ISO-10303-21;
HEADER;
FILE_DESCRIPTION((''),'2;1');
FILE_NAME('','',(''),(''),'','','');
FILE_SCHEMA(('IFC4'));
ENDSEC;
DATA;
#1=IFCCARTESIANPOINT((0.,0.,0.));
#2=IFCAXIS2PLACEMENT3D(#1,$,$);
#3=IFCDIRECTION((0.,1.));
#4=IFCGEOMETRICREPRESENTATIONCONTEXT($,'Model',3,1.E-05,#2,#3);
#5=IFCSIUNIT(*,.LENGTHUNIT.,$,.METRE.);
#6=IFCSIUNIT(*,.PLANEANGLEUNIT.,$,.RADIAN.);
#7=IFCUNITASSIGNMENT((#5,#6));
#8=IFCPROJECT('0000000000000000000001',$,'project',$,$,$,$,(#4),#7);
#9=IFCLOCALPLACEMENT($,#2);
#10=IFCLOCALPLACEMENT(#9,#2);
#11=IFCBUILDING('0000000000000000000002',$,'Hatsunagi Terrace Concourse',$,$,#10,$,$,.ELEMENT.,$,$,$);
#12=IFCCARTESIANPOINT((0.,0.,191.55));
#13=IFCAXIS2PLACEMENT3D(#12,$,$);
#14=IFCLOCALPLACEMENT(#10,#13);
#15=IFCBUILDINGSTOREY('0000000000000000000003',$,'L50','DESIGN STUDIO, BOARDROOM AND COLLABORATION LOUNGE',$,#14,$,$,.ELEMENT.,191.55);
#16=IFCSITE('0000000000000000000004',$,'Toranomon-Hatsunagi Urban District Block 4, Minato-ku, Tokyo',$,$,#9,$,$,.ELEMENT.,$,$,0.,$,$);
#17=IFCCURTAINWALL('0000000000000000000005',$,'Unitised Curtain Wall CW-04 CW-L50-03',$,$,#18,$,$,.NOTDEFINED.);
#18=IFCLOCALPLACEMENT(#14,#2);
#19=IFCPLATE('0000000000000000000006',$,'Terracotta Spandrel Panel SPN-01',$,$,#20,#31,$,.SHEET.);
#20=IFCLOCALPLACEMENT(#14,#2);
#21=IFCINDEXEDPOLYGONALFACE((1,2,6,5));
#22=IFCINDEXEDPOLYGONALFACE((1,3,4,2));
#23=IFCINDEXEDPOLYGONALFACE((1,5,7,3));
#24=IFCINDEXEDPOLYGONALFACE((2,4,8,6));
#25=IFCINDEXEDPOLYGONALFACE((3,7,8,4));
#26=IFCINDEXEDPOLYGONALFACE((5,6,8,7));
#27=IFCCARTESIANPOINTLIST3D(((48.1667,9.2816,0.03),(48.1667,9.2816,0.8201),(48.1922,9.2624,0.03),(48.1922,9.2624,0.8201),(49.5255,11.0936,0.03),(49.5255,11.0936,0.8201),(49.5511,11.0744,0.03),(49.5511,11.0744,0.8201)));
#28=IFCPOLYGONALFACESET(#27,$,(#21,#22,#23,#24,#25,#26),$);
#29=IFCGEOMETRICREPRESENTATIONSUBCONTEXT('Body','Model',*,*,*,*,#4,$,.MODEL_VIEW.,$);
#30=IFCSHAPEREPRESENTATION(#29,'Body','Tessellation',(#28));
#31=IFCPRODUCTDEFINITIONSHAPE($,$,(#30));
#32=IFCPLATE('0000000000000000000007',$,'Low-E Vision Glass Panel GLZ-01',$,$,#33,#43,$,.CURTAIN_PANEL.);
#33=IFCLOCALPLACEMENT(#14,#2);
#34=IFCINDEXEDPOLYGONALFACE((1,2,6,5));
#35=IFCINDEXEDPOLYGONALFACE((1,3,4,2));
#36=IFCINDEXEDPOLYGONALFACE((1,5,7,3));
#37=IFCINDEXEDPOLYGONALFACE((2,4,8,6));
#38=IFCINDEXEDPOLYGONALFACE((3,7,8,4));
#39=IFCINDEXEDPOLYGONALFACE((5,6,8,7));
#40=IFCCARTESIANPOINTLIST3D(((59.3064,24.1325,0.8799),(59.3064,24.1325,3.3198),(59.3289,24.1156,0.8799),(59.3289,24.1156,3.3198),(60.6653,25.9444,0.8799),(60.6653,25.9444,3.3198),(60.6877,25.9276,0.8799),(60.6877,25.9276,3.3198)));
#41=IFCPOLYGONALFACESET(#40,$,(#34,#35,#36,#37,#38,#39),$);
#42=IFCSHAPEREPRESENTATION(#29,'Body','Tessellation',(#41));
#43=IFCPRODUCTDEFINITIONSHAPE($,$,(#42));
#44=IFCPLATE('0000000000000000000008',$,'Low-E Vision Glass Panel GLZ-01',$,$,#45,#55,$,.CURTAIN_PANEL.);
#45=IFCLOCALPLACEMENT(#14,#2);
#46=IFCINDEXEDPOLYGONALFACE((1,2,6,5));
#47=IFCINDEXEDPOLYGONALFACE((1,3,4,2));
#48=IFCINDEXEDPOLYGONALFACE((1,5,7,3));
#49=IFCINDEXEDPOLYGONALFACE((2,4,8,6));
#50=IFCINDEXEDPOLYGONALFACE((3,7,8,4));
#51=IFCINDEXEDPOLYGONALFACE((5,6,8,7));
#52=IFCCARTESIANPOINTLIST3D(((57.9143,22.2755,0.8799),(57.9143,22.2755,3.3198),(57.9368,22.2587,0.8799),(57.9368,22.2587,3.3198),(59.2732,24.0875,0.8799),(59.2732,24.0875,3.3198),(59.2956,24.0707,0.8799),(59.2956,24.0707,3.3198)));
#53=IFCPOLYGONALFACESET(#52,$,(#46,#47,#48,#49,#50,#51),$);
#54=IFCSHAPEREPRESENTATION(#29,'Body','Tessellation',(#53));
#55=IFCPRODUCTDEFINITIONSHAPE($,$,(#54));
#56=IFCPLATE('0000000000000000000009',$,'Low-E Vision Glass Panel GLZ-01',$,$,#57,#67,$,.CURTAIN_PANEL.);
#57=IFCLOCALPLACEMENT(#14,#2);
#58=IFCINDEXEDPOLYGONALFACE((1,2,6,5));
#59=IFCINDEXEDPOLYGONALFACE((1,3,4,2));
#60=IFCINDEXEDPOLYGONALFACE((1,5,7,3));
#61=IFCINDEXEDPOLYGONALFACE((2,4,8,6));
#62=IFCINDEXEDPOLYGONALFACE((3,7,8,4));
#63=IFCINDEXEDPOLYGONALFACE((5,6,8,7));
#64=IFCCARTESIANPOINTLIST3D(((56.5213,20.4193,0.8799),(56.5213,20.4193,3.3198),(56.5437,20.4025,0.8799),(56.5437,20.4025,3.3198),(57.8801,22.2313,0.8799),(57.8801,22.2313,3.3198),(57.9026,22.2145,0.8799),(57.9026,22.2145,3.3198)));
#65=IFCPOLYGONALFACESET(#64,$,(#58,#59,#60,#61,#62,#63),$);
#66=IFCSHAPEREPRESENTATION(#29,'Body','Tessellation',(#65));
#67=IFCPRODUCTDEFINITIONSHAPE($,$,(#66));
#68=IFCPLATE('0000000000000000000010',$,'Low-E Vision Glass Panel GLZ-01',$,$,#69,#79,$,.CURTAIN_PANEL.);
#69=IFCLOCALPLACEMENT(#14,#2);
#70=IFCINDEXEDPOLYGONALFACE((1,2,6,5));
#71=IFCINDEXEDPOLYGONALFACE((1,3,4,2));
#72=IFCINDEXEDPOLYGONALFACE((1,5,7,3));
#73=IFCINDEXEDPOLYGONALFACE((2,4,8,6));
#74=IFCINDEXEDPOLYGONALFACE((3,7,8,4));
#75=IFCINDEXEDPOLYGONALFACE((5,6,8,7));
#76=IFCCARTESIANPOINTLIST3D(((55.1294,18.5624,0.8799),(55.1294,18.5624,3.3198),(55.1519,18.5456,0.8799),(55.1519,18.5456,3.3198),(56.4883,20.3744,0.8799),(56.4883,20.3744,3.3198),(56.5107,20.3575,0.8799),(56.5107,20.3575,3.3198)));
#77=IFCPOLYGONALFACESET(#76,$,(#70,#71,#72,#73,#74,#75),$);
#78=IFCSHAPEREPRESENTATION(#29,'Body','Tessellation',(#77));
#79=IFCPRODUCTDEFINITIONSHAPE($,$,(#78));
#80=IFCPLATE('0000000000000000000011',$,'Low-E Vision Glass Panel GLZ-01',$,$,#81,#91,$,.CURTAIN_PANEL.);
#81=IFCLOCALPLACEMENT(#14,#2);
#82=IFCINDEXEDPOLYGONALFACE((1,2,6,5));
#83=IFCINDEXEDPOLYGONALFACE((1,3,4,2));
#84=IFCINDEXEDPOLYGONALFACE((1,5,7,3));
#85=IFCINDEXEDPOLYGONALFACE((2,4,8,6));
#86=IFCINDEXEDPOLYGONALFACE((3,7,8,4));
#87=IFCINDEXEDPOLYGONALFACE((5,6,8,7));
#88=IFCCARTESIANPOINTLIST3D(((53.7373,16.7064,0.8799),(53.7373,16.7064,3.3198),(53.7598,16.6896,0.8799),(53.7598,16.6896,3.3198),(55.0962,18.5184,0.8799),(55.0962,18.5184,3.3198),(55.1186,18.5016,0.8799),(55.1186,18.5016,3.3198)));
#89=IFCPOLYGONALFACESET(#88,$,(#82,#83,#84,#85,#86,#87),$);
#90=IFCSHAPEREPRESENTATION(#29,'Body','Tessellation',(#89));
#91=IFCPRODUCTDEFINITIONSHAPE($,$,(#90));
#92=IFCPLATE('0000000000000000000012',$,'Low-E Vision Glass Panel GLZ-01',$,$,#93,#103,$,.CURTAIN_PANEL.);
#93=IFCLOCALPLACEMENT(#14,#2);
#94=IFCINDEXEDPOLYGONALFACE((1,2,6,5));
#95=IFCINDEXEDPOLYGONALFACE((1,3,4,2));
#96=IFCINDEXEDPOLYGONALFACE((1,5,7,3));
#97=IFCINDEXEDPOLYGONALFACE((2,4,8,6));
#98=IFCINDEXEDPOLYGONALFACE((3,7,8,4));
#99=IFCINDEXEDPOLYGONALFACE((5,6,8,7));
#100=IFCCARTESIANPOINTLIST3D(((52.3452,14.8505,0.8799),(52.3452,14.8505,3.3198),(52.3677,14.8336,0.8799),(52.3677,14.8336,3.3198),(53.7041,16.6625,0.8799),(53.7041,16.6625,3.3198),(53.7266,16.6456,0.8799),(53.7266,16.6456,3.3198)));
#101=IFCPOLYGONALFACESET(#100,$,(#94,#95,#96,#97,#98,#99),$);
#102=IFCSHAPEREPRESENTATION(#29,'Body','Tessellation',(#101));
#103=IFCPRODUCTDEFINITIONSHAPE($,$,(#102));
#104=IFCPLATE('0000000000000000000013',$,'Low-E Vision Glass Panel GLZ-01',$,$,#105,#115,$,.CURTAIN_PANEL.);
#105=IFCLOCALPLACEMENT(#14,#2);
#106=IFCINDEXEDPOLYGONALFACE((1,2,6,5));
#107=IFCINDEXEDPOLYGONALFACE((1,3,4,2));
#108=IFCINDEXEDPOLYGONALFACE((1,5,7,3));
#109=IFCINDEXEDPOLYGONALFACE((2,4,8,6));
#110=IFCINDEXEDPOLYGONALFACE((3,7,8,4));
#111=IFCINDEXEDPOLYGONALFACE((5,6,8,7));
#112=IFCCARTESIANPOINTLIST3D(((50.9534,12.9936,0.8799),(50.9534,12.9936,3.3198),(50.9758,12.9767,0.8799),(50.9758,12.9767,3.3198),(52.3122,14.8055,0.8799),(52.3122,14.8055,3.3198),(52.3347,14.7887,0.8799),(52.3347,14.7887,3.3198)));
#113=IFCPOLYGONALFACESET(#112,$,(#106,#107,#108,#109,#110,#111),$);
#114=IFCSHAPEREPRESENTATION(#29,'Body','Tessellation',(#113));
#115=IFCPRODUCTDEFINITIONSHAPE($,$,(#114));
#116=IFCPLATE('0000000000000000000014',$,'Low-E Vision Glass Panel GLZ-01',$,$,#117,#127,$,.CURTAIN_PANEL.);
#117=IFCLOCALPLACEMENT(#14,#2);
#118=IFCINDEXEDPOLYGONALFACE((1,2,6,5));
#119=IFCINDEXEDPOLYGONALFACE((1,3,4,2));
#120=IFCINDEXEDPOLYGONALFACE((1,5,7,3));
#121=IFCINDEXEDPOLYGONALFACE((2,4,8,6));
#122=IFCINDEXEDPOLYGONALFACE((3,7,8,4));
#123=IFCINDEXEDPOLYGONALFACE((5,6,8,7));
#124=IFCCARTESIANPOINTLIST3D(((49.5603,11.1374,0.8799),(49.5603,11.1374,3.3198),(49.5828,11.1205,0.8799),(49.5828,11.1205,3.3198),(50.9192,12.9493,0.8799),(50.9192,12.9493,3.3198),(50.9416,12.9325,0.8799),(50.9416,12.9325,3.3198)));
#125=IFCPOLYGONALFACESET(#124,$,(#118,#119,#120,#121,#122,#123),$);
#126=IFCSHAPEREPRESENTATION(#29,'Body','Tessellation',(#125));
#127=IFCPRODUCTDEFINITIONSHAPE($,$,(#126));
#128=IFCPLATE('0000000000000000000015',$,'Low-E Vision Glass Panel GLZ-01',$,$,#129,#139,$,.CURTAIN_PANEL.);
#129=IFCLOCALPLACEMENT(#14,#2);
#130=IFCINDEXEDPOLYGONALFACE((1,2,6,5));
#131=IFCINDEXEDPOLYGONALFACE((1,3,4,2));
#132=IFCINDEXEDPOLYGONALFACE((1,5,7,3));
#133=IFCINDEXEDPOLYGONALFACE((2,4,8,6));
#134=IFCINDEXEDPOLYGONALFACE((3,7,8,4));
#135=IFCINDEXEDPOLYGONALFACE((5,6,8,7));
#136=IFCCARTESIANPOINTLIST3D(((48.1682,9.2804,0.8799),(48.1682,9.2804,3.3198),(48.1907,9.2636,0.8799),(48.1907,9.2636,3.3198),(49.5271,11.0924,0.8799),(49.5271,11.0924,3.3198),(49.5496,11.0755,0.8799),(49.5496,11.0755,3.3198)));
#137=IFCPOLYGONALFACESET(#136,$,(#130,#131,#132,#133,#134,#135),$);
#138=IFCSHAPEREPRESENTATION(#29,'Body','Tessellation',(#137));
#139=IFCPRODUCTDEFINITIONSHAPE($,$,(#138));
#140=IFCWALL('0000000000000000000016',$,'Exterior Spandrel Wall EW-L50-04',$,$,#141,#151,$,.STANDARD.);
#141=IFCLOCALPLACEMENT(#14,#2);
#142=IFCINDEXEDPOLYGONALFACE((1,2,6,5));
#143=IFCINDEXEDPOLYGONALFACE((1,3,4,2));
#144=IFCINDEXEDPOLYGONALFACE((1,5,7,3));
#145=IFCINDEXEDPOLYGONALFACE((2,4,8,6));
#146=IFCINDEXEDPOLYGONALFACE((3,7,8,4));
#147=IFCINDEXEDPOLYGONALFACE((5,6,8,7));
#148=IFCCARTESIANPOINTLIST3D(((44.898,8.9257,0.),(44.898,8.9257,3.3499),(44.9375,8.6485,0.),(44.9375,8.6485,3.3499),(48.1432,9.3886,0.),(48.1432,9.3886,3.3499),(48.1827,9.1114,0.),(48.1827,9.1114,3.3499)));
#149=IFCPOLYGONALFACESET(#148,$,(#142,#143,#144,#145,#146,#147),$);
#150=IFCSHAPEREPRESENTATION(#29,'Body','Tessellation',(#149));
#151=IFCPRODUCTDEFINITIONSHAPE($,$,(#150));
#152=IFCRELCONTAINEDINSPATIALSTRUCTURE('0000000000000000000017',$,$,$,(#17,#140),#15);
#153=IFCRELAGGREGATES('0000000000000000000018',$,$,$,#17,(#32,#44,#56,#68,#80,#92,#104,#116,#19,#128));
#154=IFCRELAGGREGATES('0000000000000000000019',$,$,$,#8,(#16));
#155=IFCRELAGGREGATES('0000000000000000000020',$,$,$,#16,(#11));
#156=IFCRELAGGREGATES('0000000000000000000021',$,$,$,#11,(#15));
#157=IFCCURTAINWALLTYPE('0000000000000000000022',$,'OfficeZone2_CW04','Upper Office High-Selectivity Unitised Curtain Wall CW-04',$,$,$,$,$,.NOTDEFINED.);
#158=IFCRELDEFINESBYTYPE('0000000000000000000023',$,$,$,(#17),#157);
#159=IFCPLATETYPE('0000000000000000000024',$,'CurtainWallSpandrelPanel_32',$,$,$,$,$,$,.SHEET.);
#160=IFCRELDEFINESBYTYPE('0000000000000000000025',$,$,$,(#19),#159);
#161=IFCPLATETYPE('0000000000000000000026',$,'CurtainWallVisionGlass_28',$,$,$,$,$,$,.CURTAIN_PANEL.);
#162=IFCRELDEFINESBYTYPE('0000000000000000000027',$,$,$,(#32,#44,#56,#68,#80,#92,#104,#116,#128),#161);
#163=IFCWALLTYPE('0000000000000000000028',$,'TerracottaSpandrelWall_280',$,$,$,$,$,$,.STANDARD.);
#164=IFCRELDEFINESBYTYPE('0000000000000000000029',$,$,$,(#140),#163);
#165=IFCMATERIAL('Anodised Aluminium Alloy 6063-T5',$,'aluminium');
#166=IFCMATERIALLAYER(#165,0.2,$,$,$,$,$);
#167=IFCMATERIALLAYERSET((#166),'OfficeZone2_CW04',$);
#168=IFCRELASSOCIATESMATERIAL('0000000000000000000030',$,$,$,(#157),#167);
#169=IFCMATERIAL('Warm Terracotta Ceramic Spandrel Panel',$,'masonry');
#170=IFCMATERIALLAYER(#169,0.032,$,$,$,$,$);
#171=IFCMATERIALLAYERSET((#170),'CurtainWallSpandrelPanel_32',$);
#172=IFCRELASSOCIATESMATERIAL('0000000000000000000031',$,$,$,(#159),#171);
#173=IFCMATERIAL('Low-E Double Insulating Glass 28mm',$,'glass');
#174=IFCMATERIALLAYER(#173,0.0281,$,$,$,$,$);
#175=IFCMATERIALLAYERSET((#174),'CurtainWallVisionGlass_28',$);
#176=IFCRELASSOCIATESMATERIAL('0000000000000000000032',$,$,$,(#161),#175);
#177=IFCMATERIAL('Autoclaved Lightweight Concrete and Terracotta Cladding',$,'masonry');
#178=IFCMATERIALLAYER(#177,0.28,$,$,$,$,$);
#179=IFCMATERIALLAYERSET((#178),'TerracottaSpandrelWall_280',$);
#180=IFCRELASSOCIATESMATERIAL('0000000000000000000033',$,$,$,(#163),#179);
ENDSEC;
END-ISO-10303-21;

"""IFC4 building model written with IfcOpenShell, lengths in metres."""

from ifc_helpers import new_model, si_unit, direction, frame, frame_2d, origin, origin_2d, place, context, subcontext, project, spatial, rectangle, extrude, material, layer, layer_set, type_object, element, aggregate, save


model = new_model("IFC4")

# Units and contexts
model_context = context("Model", 3, precision=1e-05, world=origin(), true_north=direction((0.0, 1.0)))
body_context = subcontext(model_context, "Body", "Model", "MODEL_VIEW")
ifc_project = project(units=[si_unit("LENGTHUNIT", "METRE"), si_unit("PLANEANGLEUNIT", "RADIAN")], contexts=[model_context])

# Site, building, storey
site_placement = place(None, origin())
site = spatial("IfcSite", under=ifc_project, at=site_placement, Name="Toranomon-Hatsunagi Urban District Block 4, Minato-ku, Tokyo", CompositionType="ELEMENT", RefElevation=0.0)
building_placement = place(site_placement, origin())
building = spatial("IfcBuilding", under=site, at=building_placement, Name="Hatsunagi Terrace Concourse", CompositionType="ELEMENT")
storey_placement = place(building_placement, frame((0.0, 0.0, 191.55)))
storey = spatial("IfcBuildingStorey", under=building, at=storey_placement, Name="L50", Description="DESIGN STUDIO, BOARDROOM AND COLLABORATION LOUNGE", CompositionType="ELEMENT", Elevation=191.55)

# Curtain wall
ifc_material_1 = material(Name="Anodised Aluminium Alloy 6063-T5", Category="aluminium")
ifc_layer_1 = layer(ifc_material_1, 0.2)
ifc_layer_set_1 = layer_set([ifc_layer_1], Name="OfficeZone2_CW04")
curtain_wall_type = type_object("IfcCurtainWallType", Name="OfficeZone2_CW04", Description="Upper Office High-Selectivity Unitised Curtain Wall CW-04", PredefinedType="NOTDEFINED", material=ifc_layer_set_1)
curtain_wall_placement = place(storey_placement, origin())
curtain_wall = element("IfcCurtainWall", 1, at=curtain_wall_placement, inside=storey, type_object=curtain_wall_type, Name="Unitised Curtain Wall CW-04 CW-L50-03", PredefinedType="NOTDEFINED")

# Plates
ifc_material_2 = material(Name="Warm Terracotta Ceramic Spandrel Panel", Category="masonry")
ifc_layer_2 = layer(ifc_material_2, 0.032)
ifc_layer_set_2 = layer_set([ifc_layer_2], Name="CurtainWallSpandrelPanel_32")
plate_type_1 = type_object("IfcPlateType", Name="CurtainWallSpandrelPanel_32", PredefinedType="SHEET", material=ifc_layer_set_2)
plate_1_placement = place(storey_placement, frame((48.8589, 10.178, 0.03), z_axis=(0.0, 0.0, 1.0), x_axis=(-0.599969, -0.800023, 0.0)))
plate_1 = element("IfcPlate", 2, at=plate_1_placement, type_object=plate_type_1, Name="Terracotta Spandrel Panel SPN-01", PredefinedType="SHEET", context=body_context, shape_type="SweptSolid", body=[
    extrude(rectangle(XDim=2.2649, YDim=0.032, at=origin_2d()), origin(), (0.0, 0.0, 1.0), 0.79),
])
ifc_material_3 = material(Name="Low-E Double Insulating Glass 28mm", Category="glass")
ifc_layer_3 = layer(ifc_material_3, 0.0281)
ifc_layer_set_3 = layer_set([ifc_layer_3], Name="CurtainWallVisionGlass_28")
plate_type_2 = type_object("IfcPlateType", Name="CurtainWallVisionGlass_28", PredefinedType="CURTAIN_PANEL", material=ifc_layer_set_3)
plate_2_placement = place(storey_placement, frame((59.9971, 25.03, 0.8799), z_axis=(0.0, 0.0, 1.0), x_axis=(-0.599969, -0.800023, 0.0)))
plate_2 = element("IfcPlate", 3, at=plate_2_placement, type_object=plate_type_2, Name="Low-E Vision Glass Panel GLZ-01", PredefinedType="CURTAIN_PANEL", context=body_context, shape_type="SweptSolid", body=[
    extrude(rectangle(XDim=2.2649, YDim=0.0281, at=origin_2d()), origin(), (0.0, 0.0, 1.0), 2.4399),
])
plate_3_placement = place(storey_placement, frame((58.605, 23.1731, 0.8799), z_axis=(0.0, 0.0, 1.0), x_axis=(-0.599969, -0.800023, 0.0)))
plate_3 = element("IfcPlate", 4, at=plate_3_placement, type_object=plate_type_2, Name="Low-E Vision Glass Panel GLZ-01", PredefinedType="CURTAIN_PANEL", context=body_context, shape_type="SweptSolid", body=[
    extrude(rectangle(XDim=2.2649, YDim=0.0281, at=origin_2d()), origin(), (0.0, 0.0, 1.0), 2.4399),
])
plate_4_placement = place(storey_placement, frame((57.2119, 21.3169, 0.8799), z_axis=(0.0, 0.0, 1.0), x_axis=(-0.599969, -0.800023, 0.0)))
plate_4 = element("IfcPlate", 5, at=plate_4_placement, type_object=plate_type_2, Name="Low-E Vision Glass Panel GLZ-01", PredefinedType="CURTAIN_PANEL", context=body_context, shape_type="SweptSolid", body=[
    extrude(rectangle(XDim=2.2649, YDim=0.0281, at=origin_2d()), origin(), (0.0, 0.0, 1.0), 2.4399),
])
plate_5_placement = place(storey_placement, frame((55.8201, 19.46, 0.8799), z_axis=(0.0, 0.0, 1.0), x_axis=(-0.599969, -0.800023, 0.0)))
plate_5 = element("IfcPlate", 6, at=plate_5_placement, type_object=plate_type_2, Name="Low-E Vision Glass Panel GLZ-01", PredefinedType="CURTAIN_PANEL", context=body_context, shape_type="SweptSolid", body=[
    extrude(rectangle(XDim=2.2649, YDim=0.0281, at=origin_2d()), origin(), (0.0, 0.0, 1.0), 2.4399),
])
plate_6_placement = place(storey_placement, frame((54.428, 17.604, 0.8799), z_axis=(0.0, 0.0, 1.0), x_axis=(-0.599969, -0.800023, 0.0)))
plate_6 = element("IfcPlate", 7, at=plate_6_placement, type_object=plate_type_2, Name="Low-E Vision Glass Panel GLZ-01", PredefinedType="CURTAIN_PANEL", context=body_context, shape_type="SweptSolid", body=[
    extrude(rectangle(XDim=2.2649, YDim=0.0281, at=origin_2d()), origin(), (0.0, 0.0, 1.0), 2.4399),
])
plate_7_placement = place(storey_placement, frame((53.0359, 15.748, 0.8799), z_axis=(0.0, 0.0, 1.0), x_axis=(-0.599969, -0.800023, 0.0)))
plate_7 = element("IfcPlate", 8, at=plate_7_placement, type_object=plate_type_2, Name="Low-E Vision Glass Panel GLZ-01", PredefinedType="CURTAIN_PANEL", context=body_context, shape_type="SweptSolid", body=[
    extrude(rectangle(XDim=2.2649, YDim=0.0281, at=origin_2d()), origin(), (0.0, 0.0, 1.0), 2.4399),
])
plate_8_placement = place(storey_placement, frame((51.644, 13.8911, 0.8799), z_axis=(0.0, 0.0, 1.0), x_axis=(-0.599969, -0.800023, 0.0)))
plate_8 = element("IfcPlate", 9, at=plate_8_placement, type_object=plate_type_2, Name="Low-E Vision Glass Panel GLZ-01", PredefinedType="CURTAIN_PANEL", context=body_context, shape_type="SweptSolid", body=[
    extrude(rectangle(XDim=2.2649, YDim=0.0281, at=origin_2d()), origin(), (0.0, 0.0, 1.0), 2.4399),
])
plate_9_placement = place(storey_placement, frame((50.251, 12.0349, 0.8799), z_axis=(0.0, 0.0, 1.0), x_axis=(-0.599969, -0.800023, 0.0)))
plate_9 = element("IfcPlate", 10, at=plate_9_placement, type_object=plate_type_2, Name="Low-E Vision Glass Panel GLZ-01", PredefinedType="CURTAIN_PANEL", context=body_context, shape_type="SweptSolid", body=[
    extrude(rectangle(XDim=2.2649, YDim=0.0281, at=origin_2d()), origin(), (0.0, 0.0, 1.0), 2.4399),
])
plate_10_placement = place(storey_placement, frame((48.8589, 10.178, 0.8799), z_axis=(0.0, 0.0, 1.0), x_axis=(-0.599969, -0.800023, 0.0)))
plate_10 = element("IfcPlate", 11, at=plate_10_placement, type_object=plate_type_2, Name="Low-E Vision Glass Panel GLZ-01", PredefinedType="CURTAIN_PANEL", context=body_context, shape_type="SweptSolid", body=[
    extrude(rectangle(XDim=2.2649, YDim=0.0281, at=origin_2d()), origin(), (0.0, 0.0, 1.0), 2.4399),
])
aggregate(curtain_wall, [plate_2, plate_3, plate_4, plate_5, plate_6, plate_7, plate_8, plate_9, plate_1, plate_10])

# Wall
ifc_material_4 = material(Name="Autoclaved Lightweight Concrete and Terracotta Cladding", Category="masonry")
ifc_layer_4 = layer(ifc_material_4, 0.28)
ifc_layer_set_4 = layer_set([ifc_layer_4], Name="TerracottaSpandrelWall_280")
wall_type = type_object("IfcWallType", Name="TerracottaSpandrelWall_280", PredefinedType="STANDARD", material=ifc_layer_set_4)
wall_placement = place(storey_placement, frame((48.1631, 9.25, 0.0), z_axis=(0.0, 0.0, 1.0), x_axis=(-0.989979, -0.141213, 0.0)))
element("IfcWall", 12, at=wall_placement, inside=storey, type_object=wall_type, Name="Exterior Spandrel Wall EW-L50-04", PredefinedType="STANDARD", context=body_context, shape_type="SweptSolid", body=[
    extrude(rectangle(XDim=3.2781, YDim=0.28, at=frame_2d((1.6392, 0.0))), origin(), (0.0, 0.0, 1.0), 3.3499),
])

save(model, "model.ifc")
